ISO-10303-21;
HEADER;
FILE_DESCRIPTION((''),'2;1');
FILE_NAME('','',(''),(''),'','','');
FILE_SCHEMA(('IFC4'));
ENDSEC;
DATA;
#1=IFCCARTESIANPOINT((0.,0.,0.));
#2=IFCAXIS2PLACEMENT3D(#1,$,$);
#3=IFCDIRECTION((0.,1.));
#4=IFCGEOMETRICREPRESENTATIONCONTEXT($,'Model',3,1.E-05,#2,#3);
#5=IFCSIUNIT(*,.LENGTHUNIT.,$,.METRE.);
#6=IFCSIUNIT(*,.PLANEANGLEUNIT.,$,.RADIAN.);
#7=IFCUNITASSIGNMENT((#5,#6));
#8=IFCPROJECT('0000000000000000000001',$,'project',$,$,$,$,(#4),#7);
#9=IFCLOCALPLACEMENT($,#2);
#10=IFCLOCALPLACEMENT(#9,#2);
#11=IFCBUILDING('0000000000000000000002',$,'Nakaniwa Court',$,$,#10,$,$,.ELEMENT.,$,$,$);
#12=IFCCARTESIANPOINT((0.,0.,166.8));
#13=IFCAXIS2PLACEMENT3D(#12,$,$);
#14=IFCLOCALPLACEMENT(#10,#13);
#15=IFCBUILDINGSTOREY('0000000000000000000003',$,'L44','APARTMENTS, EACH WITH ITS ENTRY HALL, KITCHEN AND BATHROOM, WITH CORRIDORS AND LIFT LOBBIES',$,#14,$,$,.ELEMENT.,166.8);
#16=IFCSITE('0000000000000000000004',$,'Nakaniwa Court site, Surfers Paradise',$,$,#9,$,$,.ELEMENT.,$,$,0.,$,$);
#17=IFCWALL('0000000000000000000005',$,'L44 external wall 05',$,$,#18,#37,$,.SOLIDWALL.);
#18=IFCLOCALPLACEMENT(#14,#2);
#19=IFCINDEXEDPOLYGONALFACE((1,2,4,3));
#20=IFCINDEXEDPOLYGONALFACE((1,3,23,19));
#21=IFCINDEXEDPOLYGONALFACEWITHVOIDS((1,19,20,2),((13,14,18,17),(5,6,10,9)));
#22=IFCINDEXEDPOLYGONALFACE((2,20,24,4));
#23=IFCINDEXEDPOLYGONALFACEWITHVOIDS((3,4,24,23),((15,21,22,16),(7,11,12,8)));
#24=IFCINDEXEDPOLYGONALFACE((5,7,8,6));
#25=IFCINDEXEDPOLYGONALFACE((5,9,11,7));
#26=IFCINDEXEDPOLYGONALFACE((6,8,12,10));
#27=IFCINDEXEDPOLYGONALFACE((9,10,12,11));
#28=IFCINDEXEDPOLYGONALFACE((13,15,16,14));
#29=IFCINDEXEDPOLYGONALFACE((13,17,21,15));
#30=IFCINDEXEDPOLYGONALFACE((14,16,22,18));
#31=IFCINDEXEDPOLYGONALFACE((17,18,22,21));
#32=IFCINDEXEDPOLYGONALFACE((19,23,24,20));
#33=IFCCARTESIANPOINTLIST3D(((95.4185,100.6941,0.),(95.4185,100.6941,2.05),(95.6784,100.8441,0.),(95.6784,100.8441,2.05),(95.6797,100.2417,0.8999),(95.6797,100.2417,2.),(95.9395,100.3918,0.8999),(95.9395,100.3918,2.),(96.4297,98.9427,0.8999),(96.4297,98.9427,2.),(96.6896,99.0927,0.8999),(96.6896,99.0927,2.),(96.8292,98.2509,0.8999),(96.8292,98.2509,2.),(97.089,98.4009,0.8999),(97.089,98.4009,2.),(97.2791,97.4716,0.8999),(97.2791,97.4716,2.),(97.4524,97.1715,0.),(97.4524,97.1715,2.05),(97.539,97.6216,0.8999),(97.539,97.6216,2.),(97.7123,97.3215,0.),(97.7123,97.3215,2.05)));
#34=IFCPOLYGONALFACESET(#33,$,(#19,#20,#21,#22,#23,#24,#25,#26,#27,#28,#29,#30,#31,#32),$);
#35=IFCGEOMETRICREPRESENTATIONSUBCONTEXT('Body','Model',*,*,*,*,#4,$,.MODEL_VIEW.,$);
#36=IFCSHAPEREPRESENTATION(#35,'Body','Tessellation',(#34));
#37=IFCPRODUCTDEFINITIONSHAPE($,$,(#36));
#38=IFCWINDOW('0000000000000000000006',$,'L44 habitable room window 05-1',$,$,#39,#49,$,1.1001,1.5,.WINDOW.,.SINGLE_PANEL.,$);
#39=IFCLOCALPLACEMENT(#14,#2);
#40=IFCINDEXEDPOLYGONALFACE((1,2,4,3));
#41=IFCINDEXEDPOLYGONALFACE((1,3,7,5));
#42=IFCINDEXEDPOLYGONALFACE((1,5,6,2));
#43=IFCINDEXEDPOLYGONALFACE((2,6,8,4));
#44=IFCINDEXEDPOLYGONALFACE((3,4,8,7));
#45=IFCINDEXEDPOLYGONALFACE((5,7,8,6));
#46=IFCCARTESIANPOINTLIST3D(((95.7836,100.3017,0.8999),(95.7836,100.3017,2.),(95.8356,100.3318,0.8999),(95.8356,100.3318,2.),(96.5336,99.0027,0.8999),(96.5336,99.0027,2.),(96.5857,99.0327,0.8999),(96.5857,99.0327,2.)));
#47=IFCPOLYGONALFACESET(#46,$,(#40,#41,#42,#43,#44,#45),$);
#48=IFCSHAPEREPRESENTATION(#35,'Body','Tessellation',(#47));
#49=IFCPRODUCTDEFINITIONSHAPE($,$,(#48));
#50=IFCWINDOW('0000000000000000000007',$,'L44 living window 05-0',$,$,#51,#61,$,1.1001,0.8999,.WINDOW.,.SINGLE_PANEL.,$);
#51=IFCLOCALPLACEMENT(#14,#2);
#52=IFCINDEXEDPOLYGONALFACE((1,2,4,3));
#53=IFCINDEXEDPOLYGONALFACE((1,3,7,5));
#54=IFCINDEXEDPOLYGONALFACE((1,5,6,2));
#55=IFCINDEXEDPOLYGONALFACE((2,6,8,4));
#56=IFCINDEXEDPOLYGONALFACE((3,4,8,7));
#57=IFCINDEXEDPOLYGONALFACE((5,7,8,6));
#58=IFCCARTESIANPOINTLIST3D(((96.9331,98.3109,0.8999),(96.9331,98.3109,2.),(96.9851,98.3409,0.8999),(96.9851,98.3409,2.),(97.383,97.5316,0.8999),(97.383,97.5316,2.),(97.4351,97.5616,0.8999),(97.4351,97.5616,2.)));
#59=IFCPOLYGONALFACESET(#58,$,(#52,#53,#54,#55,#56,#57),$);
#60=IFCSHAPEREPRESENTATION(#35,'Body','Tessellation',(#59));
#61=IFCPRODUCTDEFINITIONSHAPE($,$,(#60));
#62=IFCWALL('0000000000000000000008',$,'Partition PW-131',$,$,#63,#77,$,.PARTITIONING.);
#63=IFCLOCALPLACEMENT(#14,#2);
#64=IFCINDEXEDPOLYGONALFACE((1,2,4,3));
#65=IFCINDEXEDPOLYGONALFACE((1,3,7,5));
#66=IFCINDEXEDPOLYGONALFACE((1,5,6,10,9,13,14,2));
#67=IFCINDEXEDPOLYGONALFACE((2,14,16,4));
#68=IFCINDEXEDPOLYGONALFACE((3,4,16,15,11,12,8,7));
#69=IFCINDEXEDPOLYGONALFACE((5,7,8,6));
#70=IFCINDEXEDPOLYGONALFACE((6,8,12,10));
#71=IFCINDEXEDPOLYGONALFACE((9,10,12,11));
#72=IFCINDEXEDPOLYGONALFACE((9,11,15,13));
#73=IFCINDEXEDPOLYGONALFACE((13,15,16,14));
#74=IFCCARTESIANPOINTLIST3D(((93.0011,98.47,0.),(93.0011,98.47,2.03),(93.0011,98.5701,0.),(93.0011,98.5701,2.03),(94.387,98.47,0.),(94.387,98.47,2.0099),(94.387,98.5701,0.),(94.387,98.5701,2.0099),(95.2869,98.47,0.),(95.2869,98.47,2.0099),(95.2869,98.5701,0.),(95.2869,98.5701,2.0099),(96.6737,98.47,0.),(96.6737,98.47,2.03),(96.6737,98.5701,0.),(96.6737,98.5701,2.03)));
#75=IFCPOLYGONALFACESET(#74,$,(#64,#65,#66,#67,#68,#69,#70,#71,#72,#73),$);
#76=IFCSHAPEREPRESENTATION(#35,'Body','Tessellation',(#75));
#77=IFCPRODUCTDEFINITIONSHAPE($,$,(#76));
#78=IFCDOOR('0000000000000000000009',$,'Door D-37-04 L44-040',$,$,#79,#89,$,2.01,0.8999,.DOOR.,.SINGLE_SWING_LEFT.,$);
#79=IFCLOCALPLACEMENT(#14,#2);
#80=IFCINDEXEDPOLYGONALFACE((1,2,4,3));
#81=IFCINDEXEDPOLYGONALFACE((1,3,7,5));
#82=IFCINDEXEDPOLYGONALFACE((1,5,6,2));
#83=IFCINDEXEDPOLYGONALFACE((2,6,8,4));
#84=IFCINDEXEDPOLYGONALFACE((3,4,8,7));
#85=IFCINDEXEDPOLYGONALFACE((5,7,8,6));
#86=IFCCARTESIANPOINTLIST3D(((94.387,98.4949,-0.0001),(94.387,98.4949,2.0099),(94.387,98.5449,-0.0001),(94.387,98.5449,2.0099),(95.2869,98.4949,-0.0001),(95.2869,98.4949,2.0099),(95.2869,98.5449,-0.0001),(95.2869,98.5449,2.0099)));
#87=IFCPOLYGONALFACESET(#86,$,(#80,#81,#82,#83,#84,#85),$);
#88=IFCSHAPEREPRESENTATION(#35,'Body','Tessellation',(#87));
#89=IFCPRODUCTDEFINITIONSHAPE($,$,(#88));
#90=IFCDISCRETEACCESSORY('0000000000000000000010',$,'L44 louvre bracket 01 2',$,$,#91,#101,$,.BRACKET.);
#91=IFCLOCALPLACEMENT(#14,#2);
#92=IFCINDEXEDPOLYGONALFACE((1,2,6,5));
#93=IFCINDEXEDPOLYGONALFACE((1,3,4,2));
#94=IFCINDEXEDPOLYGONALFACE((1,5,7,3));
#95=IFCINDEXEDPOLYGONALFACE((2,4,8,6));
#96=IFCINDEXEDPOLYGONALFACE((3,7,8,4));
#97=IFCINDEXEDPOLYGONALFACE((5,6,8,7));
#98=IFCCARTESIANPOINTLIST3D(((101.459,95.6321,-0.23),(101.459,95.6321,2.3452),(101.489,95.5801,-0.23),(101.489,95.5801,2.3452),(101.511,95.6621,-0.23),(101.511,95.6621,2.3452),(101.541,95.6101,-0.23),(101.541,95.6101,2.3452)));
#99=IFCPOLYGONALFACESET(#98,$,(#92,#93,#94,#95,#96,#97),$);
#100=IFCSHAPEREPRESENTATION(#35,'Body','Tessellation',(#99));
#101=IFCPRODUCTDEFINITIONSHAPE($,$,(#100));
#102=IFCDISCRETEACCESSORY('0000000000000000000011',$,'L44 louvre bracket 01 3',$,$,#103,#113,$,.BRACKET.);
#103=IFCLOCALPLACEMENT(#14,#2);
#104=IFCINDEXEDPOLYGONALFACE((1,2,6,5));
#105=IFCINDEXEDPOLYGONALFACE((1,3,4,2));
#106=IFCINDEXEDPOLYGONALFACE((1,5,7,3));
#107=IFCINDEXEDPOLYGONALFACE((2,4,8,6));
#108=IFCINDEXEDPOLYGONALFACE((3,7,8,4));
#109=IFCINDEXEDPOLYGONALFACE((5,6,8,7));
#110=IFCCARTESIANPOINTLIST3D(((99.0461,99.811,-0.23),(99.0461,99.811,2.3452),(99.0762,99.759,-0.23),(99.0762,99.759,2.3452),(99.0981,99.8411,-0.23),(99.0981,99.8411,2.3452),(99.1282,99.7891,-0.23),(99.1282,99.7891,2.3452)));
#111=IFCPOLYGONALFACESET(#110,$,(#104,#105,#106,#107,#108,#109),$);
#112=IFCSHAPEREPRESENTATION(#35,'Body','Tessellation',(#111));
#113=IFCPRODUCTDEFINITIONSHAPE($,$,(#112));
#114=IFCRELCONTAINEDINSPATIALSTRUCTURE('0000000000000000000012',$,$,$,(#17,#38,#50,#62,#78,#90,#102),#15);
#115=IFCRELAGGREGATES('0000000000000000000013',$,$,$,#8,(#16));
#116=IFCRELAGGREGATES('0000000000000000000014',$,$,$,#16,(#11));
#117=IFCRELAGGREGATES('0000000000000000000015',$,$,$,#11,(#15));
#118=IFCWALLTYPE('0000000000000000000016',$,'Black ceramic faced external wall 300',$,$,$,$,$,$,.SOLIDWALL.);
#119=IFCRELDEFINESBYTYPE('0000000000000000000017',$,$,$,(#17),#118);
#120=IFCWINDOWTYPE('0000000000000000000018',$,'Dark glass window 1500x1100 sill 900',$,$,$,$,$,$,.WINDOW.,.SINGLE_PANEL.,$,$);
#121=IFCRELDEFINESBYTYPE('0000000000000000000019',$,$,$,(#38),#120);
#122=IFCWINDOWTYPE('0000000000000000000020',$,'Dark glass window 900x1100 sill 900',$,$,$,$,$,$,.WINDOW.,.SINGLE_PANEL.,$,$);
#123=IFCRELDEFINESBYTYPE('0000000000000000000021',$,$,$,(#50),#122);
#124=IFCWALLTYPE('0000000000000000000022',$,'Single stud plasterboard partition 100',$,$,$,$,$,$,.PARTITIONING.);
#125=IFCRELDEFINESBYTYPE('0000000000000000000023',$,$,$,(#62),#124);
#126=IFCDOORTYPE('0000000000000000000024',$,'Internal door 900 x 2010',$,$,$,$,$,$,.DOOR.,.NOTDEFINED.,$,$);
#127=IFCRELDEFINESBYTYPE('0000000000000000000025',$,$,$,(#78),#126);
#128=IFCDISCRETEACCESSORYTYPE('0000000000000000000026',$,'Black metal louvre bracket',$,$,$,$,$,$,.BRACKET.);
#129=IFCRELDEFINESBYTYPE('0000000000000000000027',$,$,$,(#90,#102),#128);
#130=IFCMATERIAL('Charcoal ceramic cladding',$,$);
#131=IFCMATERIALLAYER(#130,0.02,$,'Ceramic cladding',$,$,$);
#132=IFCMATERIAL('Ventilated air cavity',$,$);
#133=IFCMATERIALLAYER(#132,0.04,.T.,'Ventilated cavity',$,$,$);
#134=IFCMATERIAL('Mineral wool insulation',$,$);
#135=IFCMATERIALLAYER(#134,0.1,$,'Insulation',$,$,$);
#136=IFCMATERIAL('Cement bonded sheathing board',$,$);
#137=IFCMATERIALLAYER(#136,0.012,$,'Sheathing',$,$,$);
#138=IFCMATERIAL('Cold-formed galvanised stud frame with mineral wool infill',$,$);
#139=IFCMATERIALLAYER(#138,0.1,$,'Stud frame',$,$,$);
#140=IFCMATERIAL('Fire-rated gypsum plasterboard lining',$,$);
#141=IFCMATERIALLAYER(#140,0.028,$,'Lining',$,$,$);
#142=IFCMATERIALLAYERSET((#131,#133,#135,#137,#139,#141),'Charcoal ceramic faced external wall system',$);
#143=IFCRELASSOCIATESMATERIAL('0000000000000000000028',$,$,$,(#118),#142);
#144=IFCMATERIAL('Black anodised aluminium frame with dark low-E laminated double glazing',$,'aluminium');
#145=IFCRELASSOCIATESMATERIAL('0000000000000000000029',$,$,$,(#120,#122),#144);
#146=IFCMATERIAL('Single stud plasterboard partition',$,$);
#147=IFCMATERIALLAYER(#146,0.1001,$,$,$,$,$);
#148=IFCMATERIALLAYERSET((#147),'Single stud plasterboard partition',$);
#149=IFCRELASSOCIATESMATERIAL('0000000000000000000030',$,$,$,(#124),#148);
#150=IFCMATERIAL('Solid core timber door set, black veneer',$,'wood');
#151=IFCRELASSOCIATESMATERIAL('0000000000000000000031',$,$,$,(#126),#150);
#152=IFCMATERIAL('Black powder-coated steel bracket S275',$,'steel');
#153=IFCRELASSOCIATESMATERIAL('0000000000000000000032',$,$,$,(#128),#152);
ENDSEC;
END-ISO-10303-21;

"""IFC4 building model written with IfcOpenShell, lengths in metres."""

from ifc_helpers import new_model, si_unit, direction, frame, frame_2d, origin, origin_2d, place, context, subcontext, project, spatial, rectangle, extrude, material, layer, layer_set, type_object, element, fill, save


model = new_model("IFC4")

# Units and contexts
model_context = context("Model", 3, precision=1e-05, world=origin(), true_north=direction((0.0, 1.0)))
body_context = subcontext(model_context, "Body", "Model", "MODEL_VIEW")
ifc_project = project(units=[si_unit("LENGTHUNIT", "METRE"), si_unit("PLANEANGLEUNIT", "RADIAN")], contexts=[model_context])

# Site, building, storey
site_placement = place(None, origin())
site = spatial("IfcSite", under=ifc_project, at=site_placement, Name="Nakaniwa Court site, Surfers Paradise", CompositionType="ELEMENT", RefElevation=0.0)
building_placement = place(site_placement, origin())
building = spatial("IfcBuilding", under=site, at=building_placement, Name="Nakaniwa Court", CompositionType="ELEMENT")
storey_placement = place(building_placement, frame((0.0, 0.0, 166.8)))
storey = spatial("IfcBuildingStorey", under=building, at=storey_placement, Name="L44", Description="APARTMENTS, EACH WITH ITS ENTRY HALL, KITCHEN AND BATHROOM, WITH CORRIDORS AND LIFT LOBBIES", CompositionType="ELEMENT", Elevation=166.8)

# Shared definitions
ifc_material_1 = material(Name="Solid core timber door set, black veneer", Category="wood")

# Shared definitions
ifc_material_2 = material(Name="Charcoal ceramic cladding")
ifc_layer_1 = layer(ifc_material_2, 0.02, Name="Ceramic cladding")
ifc_material_3 = material(Name="Ventilated air cavity")
ifc_layer_2 = layer(ifc_material_3, 0.04, ventilated=True, Name="Ventilated cavity")
ifc_material_4 = material(Name="Mineral wool insulation")
ifc_layer_3 = layer(ifc_material_4, 0.1, Name="Insulation")
ifc_material_5 = material(Name="Cement bonded sheathing board")
ifc_layer_4 = layer(ifc_material_5, 0.012, Name="Sheathing")
ifc_material_6 = material(Name="Cold-formed galvanised stud frame with mineral wool infill")
ifc_layer_5 = layer(ifc_material_6, 0.1, Name="Stud frame")
ifc_material_7 = material(Name="Fire-rated gypsum plasterboard lining")
ifc_layer_6 = layer(ifc_material_7, 0.028, Name="Lining")
ifc_layer_set_1 = layer_set([ifc_layer_1, ifc_layer_2, ifc_layer_3, ifc_layer_4, ifc_layer_5, ifc_layer_6], Name="Charcoal ceramic faced external wall system")
wall_type_1 = type_object("IfcWallType", Name="Black ceramic faced external wall 300", PredefinedType="SOLIDWALL", material=ifc_layer_set_1)

# Wall, openings, windows
wall_1_placement = place(storey_placement, frame((97.5823, 97.2466, 0.0), z_axis=(0.0, 0.0, 1.0), x_axis=(-0.500019, 0.866015, 0.0)))
wall_1 = element("IfcWall", 1, at=wall_1_placement, inside=storey, type_object=wall_type_1, Name="L44 external wall 05", PredefinedType="SOLIDWALL", context=body_context, shape_type="SweptSolid", body=[
    extrude(rectangle(XDim=4.0676, YDim=0.3, at=frame_2d((2.0337, 0.0))), origin(), (0.0, 0.0, 1.0), 2.05),
])
opening_1_placement = place(wall_1_placement, frame((0.3464, 0.0, 0.8999)))
opening_1 = element("IfcOpeningElement", 2, at=opening_1_placement, cuts=wall_1, PredefinedType="OPENING", context=body_context, shape_type="SweptSolid", body=[
    extrude(rectangle(XDim=0.8999, YDim=1.1001, at=frame_2d((0.45, 0.55))), frame((0.0, 0.1599, 0.0), z_axis=(0.0, -1.0, 0.0), x_axis=(1.0, 0.0, 0.0)), (0.0, 0.0, 1.0), 0.3201),
])
opening_2_placement = place(wall_1_placement, frame((2.0452, 0.0, 0.8999)))
opening_2 = element("IfcOpeningElement", 3, at=opening_2_placement, cuts=wall_1, PredefinedType="OPENING", context=body_context, shape_type="SweptSolid", body=[
    extrude(rectangle(XDim=1.5, YDim=1.1001, at=frame_2d((0.75, 0.55))), frame((0.0, 0.1599, 0.0), z_axis=(0.0, -1.0, 0.0), x_axis=(1.0, 0.0, 0.0)), (0.0, 0.0, 1.0), 0.3201),
])
ifc_material_8 = material(Name="Black anodised aluminium frame with dark low-E laminated double glazing", Category="aluminium")
window_type_1 = type_object("IfcWindowType", Name="Dark glass window 1500x1100 sill 900", PartitioningType="SINGLE_PANEL", PredefinedType="WINDOW", material=ifc_material_8)
window_1_placement = place(opening_2_placement, origin())
window_1 = element("IfcWindow", 4, at=window_1_placement, inside=storey, type_object=window_type_1, Name="L44 habitable room window 05-1", OverallHeight=1.1001, OverallWidth=1.5, PartitioningType="SINGLE_PANEL", PredefinedType="WINDOW", context=body_context, shape_type="SweptSolid", body=[
    extrude(rectangle(XDim=1.5, YDim=1.1001, at=frame_2d((0.75, 0.55))), frame((0.0, 0.03, 0.0), z_axis=(0.0, -1.0, 0.0), x_axis=(1.0, 0.0, 0.0)), (0.0, 0.0, 1.0), 0.0601),
])
fill(opening_2, window_1)
window_type_2 = type_object("IfcWindowType", Name="Dark glass window 900x1100 sill 900", PartitioningType="SINGLE_PANEL", PredefinedType="WINDOW", material=ifc_material_8)
window_2_placement = place(opening_1_placement, origin())
window_2 = element("IfcWindow", 5, at=window_2_placement, inside=storey, type_object=window_type_2, Name="L44 living window 05-0", OverallHeight=1.1001, OverallWidth=0.8999, PartitioningType="SINGLE_PANEL", PredefinedType="WINDOW", context=body_context, shape_type="SweptSolid", body=[
    extrude(rectangle(XDim=0.8999, YDim=1.1001, at=frame_2d((0.45, 0.55))), frame((0.0, 0.03, 0.0), z_axis=(0.0, -1.0, 0.0), x_axis=(1.0, 0.0, 0.0)), (0.0, 0.0, 1.0), 0.0601),
])
fill(opening_1, window_2)

# Wall, opening, door
ifc_material_9 = material(Name="Single stud plasterboard partition")
ifc_layer_7 = layer(ifc_material_9, 0.1001)
ifc_layer_set_2 = layer_set([ifc_layer_7], Name="Single stud plasterboard partition")
wall_type_2 = type_object("IfcWallType", Name="Single stud plasterboard partition 100", PredefinedType="PARTITIONING", material=ifc_layer_set_2)
wall_2_placement = place(storey_placement, frame((93.001, 98.52, 0.0), z_axis=(0.0, 0.0, 1.0), x_axis=(1.0, 0.0, 0.0)))
wall_2 = element("IfcWall", 6, at=wall_2_placement, inside=storey, type_object=wall_type_2, Name="Partition PW-131", PredefinedType="PARTITIONING", context=body_context, shape_type="SweptSolid", body=[
    extrude(rectangle(XDim=3.6726, YDim=0.1001, at=frame_2d((1.8364, 0.0))), origin(), (0.0, 0.0, 1.0), 2.03),
])
opening_3_placement = place(wall_2_placement, frame((1.386, 0.0, 0.0)))
opening_3 = element("IfcOpeningElement", 7, at=opening_3_placement, cuts=wall_2, PredefinedType="OPENING", context=body_context, shape_type="SweptSolid", body=[
    extrude(rectangle(XDim=0.8999, YDim=2.01, at=frame_2d((0.45, 1.0049))), frame((0.0, 0.0601, 0.0), z_axis=(0.0, -1.0, 0.0), x_axis=(1.0, 0.0, 0.0)), (0.0, 0.0, 1.0), 0.1201),
])
door_type_1 = type_object("IfcDoorType", Name="Internal door 900 x 2010", OperationType="NOTDEFINED", PredefinedType="DOOR", material=ifc_material_1)
door_1_placement = place(opening_3_placement, origin())
door_1 = element("IfcDoor", 8, at=door_1_placement, inside=storey, type_object=door_type_1, Name="Door D-37-04 L44-040", OperationType="SINGLE_SWING_LEFT", OverallHeight=2.01, OverallWidth=0.8999, PredefinedType="DOOR", context=body_context, shape_type="SweptSolid", body=[
    extrude(rectangle(XDim=0.8999, YDim=2.01, at=frame_2d((0.45, 1.0049))), frame((0.0, 0.0249, 0.0), z_axis=(0.0, -1.0, 0.0), x_axis=(1.0, 0.0, 0.0)), (0.0, 0.0, 1.0), 0.05),
])
fill(opening_3, door_1)

# Discrete accessories
ifc_material_10 = material(Name="Black powder-coated steel bracket S275", Category="steel")
discrete_accessory_type = type_object("IfcDiscreteAccessoryType", Name="Black metal louvre bracket", PredefinedType="BRACKET", material=ifc_material_10)
for number, where, z_axis, x_axis, name in (
    (9, (101.5, 95.6211, -0.23), (0.0, 0.0, 1.0), (-0.500005, 0.866023, 0.0), "L44 louvre bracket 01 2"),
    (10, (99.0872, 99.8, -0.23), (0.0, 0.0, 1.0), (-0.500005, 0.866023, 0.0), "L44 louvre bracket 01 3"),
):
    element("IfcDiscreteAccessory", number, at=place(storey_placement, frame(where, z_axis=z_axis, x_axis=x_axis)), inside=storey, type_object=discrete_accessory_type, Name=name, PredefinedType="BRACKET", context=body_context, shape_type="SweptSolid", body=[
        extrude(rectangle(XDim=0.0601, YDim=0.0601, at=origin_2d()), origin(), (0.0, 0.0, 1.0), 2.5752),
    ])

save(model, "model.ifc")
